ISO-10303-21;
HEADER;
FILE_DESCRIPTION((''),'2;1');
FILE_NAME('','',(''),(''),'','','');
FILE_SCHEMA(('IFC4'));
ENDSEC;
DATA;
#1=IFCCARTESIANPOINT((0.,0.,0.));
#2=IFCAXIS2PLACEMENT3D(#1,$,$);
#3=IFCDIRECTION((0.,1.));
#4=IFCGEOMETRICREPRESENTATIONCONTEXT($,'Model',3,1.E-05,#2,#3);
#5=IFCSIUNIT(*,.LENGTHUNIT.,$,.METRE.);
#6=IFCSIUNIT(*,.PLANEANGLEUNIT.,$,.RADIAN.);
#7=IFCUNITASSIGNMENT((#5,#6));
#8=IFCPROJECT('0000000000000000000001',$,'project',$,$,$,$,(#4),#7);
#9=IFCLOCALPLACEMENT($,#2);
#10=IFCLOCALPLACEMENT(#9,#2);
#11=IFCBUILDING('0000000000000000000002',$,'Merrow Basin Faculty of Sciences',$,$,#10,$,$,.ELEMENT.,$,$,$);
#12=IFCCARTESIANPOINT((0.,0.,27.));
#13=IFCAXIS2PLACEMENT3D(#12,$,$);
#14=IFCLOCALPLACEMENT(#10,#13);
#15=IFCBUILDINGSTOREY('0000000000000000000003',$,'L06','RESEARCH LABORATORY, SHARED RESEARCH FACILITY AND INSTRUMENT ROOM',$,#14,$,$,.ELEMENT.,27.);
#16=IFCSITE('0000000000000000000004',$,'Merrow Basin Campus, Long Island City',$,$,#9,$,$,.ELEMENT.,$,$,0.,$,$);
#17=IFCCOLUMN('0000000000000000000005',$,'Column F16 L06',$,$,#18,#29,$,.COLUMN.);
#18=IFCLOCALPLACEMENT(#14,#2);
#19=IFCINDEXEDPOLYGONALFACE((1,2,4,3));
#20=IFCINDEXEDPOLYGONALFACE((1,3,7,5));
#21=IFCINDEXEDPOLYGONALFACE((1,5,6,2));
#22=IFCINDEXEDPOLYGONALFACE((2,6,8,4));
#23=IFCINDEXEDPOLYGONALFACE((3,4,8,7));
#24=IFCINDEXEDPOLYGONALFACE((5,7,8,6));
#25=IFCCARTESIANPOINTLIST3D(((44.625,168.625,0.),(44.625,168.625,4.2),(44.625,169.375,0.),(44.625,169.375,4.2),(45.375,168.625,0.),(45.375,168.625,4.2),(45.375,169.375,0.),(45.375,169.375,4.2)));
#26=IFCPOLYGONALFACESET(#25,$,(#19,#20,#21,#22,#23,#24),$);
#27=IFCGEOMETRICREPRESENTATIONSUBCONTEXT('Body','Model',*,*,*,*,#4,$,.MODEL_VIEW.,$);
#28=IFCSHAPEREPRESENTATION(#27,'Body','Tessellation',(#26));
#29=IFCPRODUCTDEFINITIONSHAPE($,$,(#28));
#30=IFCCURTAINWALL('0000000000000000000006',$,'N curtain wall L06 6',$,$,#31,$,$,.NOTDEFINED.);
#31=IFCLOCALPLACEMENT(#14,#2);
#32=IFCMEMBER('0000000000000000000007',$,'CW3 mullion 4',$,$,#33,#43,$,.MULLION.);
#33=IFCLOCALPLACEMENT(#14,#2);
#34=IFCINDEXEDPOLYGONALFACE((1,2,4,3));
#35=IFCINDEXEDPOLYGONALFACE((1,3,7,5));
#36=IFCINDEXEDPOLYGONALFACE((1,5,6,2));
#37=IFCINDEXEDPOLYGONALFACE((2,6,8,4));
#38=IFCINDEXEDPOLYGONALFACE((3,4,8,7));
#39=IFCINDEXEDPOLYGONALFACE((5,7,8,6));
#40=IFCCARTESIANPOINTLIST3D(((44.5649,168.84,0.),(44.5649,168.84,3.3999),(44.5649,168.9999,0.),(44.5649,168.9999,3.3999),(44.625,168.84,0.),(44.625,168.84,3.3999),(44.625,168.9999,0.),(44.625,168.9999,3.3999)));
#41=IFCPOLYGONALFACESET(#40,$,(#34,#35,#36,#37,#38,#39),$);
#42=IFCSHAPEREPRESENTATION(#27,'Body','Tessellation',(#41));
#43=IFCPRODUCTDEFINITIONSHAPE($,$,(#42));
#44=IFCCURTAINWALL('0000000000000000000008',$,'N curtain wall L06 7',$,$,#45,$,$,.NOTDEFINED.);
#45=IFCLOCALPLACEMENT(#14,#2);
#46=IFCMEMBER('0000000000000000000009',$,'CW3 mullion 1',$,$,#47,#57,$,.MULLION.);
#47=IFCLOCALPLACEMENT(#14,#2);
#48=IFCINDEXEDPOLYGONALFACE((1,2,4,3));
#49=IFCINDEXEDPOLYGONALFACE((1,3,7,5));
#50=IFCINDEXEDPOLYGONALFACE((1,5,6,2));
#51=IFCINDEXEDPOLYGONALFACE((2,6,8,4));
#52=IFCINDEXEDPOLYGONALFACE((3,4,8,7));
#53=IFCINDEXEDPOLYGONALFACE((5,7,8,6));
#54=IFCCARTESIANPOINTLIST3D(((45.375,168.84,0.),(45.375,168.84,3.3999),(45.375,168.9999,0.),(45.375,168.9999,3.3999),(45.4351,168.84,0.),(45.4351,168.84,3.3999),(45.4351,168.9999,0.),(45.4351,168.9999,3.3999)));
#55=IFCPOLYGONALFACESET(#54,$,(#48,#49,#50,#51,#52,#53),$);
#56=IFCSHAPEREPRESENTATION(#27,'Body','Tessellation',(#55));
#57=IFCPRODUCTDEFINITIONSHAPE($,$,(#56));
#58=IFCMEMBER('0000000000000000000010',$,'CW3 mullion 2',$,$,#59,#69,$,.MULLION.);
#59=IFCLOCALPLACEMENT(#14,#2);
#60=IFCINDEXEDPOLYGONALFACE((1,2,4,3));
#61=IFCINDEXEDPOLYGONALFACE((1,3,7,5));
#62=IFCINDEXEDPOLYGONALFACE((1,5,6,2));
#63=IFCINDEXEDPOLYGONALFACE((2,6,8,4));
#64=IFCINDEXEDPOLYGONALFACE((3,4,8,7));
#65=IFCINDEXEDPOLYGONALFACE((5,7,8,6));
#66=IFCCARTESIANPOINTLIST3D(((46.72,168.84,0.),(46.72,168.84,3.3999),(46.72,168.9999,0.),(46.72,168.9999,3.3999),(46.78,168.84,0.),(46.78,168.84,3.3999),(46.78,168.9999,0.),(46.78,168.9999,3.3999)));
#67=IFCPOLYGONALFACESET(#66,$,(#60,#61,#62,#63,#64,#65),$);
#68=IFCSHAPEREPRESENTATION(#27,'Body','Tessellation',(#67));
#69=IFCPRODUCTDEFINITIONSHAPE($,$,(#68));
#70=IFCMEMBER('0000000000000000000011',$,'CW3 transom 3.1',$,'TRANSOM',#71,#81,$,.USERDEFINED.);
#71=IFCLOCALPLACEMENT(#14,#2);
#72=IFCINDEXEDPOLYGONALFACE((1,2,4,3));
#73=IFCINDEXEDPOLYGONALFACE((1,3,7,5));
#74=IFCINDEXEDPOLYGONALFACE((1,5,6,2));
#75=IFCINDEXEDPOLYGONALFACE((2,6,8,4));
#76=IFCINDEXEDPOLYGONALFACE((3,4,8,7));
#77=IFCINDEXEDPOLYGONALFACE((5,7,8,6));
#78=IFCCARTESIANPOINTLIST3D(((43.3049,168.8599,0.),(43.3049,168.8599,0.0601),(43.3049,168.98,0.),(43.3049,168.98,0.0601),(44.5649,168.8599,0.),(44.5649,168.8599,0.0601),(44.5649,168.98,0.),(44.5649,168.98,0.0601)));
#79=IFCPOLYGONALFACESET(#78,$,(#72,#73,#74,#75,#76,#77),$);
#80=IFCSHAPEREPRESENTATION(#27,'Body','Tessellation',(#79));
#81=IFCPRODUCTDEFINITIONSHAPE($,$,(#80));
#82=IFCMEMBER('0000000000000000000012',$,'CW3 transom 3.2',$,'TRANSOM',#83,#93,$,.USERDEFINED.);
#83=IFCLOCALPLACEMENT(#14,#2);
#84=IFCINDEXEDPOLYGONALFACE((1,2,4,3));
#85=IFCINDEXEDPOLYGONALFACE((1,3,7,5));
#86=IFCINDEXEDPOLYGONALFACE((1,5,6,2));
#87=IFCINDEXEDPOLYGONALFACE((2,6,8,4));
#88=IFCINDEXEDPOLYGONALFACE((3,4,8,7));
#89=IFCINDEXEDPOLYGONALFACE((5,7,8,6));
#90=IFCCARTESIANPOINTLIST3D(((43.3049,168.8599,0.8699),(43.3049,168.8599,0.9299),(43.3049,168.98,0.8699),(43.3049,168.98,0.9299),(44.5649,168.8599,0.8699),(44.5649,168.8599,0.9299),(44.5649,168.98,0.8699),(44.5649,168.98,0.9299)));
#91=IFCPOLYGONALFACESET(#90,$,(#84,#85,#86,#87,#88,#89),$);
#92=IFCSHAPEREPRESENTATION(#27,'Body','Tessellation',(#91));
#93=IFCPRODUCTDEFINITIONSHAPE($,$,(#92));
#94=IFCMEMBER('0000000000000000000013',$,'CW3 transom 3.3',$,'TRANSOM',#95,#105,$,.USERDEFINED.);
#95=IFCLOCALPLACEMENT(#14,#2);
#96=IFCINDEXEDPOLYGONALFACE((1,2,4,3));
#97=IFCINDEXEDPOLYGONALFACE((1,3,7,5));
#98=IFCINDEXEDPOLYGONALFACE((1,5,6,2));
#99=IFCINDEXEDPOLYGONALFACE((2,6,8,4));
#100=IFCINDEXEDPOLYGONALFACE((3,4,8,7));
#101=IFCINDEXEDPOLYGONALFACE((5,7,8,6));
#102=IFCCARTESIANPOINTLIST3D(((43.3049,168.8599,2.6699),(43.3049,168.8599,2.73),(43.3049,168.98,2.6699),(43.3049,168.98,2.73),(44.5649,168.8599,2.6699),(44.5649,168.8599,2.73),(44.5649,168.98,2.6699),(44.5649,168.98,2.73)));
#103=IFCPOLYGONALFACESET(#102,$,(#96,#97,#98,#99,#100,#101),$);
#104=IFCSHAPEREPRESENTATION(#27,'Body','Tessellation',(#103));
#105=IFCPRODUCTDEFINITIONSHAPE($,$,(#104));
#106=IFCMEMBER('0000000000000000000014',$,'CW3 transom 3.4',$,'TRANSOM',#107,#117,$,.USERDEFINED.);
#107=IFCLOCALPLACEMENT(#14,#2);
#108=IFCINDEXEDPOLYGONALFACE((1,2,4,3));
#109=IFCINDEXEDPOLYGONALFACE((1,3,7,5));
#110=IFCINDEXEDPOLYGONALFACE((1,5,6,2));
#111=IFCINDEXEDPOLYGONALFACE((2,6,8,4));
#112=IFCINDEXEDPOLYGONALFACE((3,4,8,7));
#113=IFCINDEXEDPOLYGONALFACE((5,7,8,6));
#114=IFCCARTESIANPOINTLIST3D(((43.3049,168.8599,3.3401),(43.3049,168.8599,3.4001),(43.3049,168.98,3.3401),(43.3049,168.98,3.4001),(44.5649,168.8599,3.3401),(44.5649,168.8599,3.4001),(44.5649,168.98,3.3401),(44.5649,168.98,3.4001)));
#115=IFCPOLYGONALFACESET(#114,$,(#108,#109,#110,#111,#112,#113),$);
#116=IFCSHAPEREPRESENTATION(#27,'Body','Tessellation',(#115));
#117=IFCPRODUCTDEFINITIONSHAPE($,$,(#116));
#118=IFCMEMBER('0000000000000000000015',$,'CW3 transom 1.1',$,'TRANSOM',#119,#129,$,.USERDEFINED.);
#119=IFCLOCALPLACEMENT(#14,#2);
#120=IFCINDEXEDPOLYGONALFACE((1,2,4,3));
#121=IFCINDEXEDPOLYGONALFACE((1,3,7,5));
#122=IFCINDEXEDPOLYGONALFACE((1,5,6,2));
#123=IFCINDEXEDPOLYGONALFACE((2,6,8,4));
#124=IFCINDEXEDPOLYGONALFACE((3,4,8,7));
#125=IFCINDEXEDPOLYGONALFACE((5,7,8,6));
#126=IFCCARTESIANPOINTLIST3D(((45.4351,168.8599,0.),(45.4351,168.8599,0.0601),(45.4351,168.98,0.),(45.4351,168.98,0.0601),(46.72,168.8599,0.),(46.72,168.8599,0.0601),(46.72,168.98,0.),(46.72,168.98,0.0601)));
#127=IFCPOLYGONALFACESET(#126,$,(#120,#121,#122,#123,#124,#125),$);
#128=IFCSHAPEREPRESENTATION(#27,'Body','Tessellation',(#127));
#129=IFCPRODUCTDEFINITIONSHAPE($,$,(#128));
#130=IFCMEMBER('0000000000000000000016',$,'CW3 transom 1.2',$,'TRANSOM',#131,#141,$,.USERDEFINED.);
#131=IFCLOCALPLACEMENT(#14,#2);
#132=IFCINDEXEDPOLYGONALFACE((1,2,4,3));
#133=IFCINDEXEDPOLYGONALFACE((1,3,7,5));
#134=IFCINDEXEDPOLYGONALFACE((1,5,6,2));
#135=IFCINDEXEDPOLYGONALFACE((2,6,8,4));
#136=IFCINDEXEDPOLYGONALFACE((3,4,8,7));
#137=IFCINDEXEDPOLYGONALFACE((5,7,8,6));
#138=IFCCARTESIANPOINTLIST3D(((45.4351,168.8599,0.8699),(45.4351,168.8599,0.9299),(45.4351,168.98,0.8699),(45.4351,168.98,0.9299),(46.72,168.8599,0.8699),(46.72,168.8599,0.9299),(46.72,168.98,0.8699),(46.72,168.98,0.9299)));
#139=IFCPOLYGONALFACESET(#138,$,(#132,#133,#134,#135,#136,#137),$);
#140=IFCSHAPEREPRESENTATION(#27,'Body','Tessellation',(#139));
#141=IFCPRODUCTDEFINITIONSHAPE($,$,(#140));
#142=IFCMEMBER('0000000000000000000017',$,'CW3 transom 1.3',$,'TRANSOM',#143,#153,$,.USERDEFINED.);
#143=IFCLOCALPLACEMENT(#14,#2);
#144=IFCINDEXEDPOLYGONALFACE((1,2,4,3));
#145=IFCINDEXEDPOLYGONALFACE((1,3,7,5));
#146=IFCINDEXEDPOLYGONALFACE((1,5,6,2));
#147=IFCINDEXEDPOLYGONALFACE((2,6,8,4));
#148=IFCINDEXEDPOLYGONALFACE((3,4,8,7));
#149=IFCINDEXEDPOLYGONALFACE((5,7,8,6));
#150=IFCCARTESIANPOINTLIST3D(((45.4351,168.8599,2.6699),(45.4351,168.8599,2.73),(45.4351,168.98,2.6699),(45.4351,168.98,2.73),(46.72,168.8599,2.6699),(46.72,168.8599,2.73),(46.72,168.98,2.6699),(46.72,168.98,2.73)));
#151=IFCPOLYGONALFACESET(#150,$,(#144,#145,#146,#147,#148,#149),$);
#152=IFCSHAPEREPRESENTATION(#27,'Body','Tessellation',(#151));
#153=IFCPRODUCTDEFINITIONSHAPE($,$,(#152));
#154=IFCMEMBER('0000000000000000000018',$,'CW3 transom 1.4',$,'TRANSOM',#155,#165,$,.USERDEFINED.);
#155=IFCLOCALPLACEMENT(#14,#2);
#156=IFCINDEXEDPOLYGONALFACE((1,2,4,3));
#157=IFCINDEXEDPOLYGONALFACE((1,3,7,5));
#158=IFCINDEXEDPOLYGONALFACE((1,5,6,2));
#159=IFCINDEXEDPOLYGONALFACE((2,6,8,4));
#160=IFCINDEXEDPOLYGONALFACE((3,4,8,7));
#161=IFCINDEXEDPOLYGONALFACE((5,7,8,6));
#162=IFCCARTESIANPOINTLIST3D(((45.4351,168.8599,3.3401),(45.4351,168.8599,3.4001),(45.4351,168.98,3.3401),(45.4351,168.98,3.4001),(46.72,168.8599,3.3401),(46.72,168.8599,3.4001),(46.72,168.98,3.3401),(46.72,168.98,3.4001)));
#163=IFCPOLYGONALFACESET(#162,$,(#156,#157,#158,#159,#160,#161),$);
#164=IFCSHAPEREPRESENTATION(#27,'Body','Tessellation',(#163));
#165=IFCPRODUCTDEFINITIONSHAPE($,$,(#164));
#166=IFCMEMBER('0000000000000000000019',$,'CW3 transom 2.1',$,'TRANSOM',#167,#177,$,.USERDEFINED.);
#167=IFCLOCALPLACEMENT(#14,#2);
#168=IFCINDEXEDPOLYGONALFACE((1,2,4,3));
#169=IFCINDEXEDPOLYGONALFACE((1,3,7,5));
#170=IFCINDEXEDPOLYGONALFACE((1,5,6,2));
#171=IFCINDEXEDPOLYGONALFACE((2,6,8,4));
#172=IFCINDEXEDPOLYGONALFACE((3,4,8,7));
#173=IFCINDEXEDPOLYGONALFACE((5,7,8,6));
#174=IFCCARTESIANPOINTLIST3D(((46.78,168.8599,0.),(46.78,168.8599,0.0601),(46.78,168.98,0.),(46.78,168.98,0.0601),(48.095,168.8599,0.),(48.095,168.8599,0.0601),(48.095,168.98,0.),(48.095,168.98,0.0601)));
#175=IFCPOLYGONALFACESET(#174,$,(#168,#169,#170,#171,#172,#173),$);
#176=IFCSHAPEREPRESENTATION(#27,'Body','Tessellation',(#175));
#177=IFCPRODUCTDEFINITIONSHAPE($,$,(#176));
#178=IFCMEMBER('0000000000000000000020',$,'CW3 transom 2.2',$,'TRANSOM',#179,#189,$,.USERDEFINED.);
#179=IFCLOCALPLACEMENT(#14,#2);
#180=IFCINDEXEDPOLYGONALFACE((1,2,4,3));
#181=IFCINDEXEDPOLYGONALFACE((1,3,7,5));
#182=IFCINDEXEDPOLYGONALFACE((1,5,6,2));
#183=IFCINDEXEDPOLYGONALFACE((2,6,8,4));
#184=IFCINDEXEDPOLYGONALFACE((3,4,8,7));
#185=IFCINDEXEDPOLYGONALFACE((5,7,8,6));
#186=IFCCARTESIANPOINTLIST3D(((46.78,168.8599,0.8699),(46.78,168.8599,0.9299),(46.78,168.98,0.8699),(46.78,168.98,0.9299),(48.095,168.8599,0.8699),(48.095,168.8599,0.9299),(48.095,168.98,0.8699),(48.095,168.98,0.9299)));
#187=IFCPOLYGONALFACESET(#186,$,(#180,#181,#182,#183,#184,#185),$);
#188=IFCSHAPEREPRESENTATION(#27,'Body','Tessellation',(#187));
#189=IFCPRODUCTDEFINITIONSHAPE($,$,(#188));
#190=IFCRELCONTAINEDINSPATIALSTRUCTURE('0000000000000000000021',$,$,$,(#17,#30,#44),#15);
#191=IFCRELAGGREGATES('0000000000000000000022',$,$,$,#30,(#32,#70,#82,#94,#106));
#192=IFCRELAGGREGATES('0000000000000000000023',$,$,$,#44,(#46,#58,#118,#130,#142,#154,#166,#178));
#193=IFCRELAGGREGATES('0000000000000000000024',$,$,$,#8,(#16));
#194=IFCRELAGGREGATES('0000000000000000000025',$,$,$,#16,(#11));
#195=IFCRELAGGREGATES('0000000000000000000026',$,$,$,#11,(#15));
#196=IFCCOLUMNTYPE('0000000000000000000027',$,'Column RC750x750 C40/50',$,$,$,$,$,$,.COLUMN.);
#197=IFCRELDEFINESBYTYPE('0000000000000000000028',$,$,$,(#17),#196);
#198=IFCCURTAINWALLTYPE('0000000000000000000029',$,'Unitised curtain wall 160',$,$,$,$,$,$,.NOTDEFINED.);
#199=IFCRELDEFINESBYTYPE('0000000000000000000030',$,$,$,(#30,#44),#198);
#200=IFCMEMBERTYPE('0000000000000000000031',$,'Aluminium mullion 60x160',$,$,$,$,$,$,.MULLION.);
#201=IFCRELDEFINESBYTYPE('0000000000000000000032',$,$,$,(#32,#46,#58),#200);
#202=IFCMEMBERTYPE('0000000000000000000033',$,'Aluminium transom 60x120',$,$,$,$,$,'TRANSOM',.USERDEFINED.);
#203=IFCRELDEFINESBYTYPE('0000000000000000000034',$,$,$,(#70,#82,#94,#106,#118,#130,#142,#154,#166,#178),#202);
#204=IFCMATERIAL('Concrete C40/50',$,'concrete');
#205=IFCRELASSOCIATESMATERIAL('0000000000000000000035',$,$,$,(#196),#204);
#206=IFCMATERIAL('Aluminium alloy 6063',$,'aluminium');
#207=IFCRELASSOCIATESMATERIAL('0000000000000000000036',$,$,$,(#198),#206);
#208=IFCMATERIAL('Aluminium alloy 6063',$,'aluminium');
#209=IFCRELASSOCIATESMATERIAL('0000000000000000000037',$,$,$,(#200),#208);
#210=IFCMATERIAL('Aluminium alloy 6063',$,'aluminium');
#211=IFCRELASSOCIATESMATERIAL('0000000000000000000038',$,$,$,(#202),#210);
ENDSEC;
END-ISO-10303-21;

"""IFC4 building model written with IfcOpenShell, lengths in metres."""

from ifc_helpers import new_model, si_unit, direction, frame, origin, origin_2d, place, context, subcontext, project, spatial, rectangle, extrude, material, material_profile, profile_set, type_object, element, aggregate, save


model = new_model("IFC4")

# Units and contexts
model_context = context("Model", 3, precision=1e-05, world=origin(), true_north=direction((0.0, 1.0)))
body_context = subcontext(model_context, "Body", "Model", "MODEL_VIEW")
ifc_project = project(units=[si_unit("LENGTHUNIT", "METRE"), si_unit("PLANEANGLEUNIT", "RADIAN")], contexts=[model_context])

# Site, building, storey
site_placement = place(None, origin())
site = spatial("IfcSite", under=ifc_project, at=site_placement, Name="Merrow Basin Campus, Long Island City", CompositionType="ELEMENT", RefElevation=0.0)
building_placement = place(site_placement, origin())
building = spatial("IfcBuilding", under=site, at=building_placement, Name="Merrow Basin Faculty of Sciences", CompositionType="ELEMENT")
storey_placement = place(building_placement, frame((0.0, 0.0, 27.0)))
storey = spatial("IfcBuildingStorey", under=building, at=storey_placement, Name="L06", Description="RESEARCH LABORATORY, SHARED RESEARCH FACILITY AND INSTRUMENT ROOM", CompositionType="ELEMENT", Elevation=27.0)

# Column
ifc_material_1 = material(Name="Concrete C40/50", Category="concrete")
ifc_material_profile_1 = material_profile(ifc_material_1, rectangle(XDim=0.75, YDim=0.75, at=origin_2d()))
ifc_profile_set_1 = profile_set([ifc_material_profile_1], Name="Concrete C40/50")
column_type = type_object("IfcColumnType", Name="Column RC750x750 C40/50", PredefinedType="COLUMN", material=ifc_profile_set_1)
column_placement = place(storey_placement, frame((45.0, 169.0, 0.0), z_axis=(0.0, 0.0, 1.0), x_axis=(1.0, 0.0, 0.0)))
element("IfcColumn", 1, at=column_placement, inside=storey, type_object=column_type, Name="Column F16 L06", PredefinedType="COLUMN", context=body_context, shape_type="SweptSolid", body=[
    extrude(rectangle(XDim=0.75, YDim=0.75, at=origin_2d()), origin(), (0.0, 0.0, 1.0), 4.2),
])

# Curtain wall, member
ifc_material_2 = material(Name="Aluminium alloy 6063", Category="aluminium")
curtain_wall_type = type_object("IfcCurtainWallType", Name="Unitised curtain wall 160", PredefinedType="NOTDEFINED", material=ifc_material_2)
curtain_wall_1_placement = place(storey_placement, origin())
curtain_wall_1 = element("IfcCurtainWall", 2, at=curtain_wall_1_placement, inside=storey, type_object=curtain_wall_type, Name="N curtain wall L06 6", PredefinedType="NOTDEFINED")
ifc_material_3 = material(Name="Aluminium alloy 6063", Category="aluminium")
ifc_material_profile_2 = material_profile(ifc_material_3, rectangle(XDim=0.1599, YDim=0.0601, at=origin_2d()))
ifc_profile_set_2 = profile_set([ifc_material_profile_2], Name="Aluminium alloy 6063")
member_type_1 = type_object("IfcMemberType", Name="Aluminium mullion 60x160", PredefinedType="MULLION", material=ifc_profile_set_2)
member_1_placement = place(storey_placement, frame((44.595, 168.9199, 0.0), z_axis=(0.0, 0.0, 1.0), x_axis=(0.0, 1.0, 0.0)))
member_1 = element("IfcMember", 3, at=member_1_placement, type_object=member_type_1, Name="CW3 mullion 4", PredefinedType="MULLION", context=body_context, shape_type="SweptSolid", body=[
    extrude(rectangle(XDim=0.1599, YDim=0.0601, at=origin_2d()), origin(), (0.0, 0.0, 1.0), 3.3999),
])

# Curtain wall, members
curtain_wall_2_placement = place(storey_placement, origin())
curtain_wall_2 = element("IfcCurtainWall", 4, at=curtain_wall_2_placement, inside=storey, type_object=curtain_wall_type, Name="N curtain wall L06 7", PredefinedType="NOTDEFINED")
member_2_placement = place(storey_placement, frame((45.405, 168.9199, 0.0), z_axis=(0.0, 0.0, 1.0), x_axis=(0.0, 1.0, 0.0)))
member_2 = element("IfcMember", 5, at=member_2_placement, type_object=member_type_1, Name="CW3 mullion 1", PredefinedType="MULLION", context=body_context, shape_type="SweptSolid", body=[
    extrude(rectangle(XDim=0.1599, YDim=0.0601, at=origin_2d()), origin(), (0.0, 0.0, 1.0), 3.3999),
])
member_3_placement = place(storey_placement, frame((46.75, 168.9199, 0.0), z_axis=(0.0, 0.0, 1.0), x_axis=(0.0, 1.0, 0.0)))
member_3 = element("IfcMember", 6, at=member_3_placement, type_object=member_type_1, Name="CW3 mullion 2", PredefinedType="MULLION", context=body_context, shape_type="SweptSolid", body=[
    extrude(rectangle(XDim=0.1599, YDim=0.0601, at=origin_2d()), origin(), (0.0, 0.0, 1.0), 3.3999),
])

# Members
ifc_material_4 = material(Name="Aluminium alloy 6063", Category="aluminium")
ifc_material_profile_3 = material_profile(ifc_material_4, rectangle(XDim=0.1201, YDim=0.0601, at=origin_2d()))
ifc_profile_set_3 = profile_set([ifc_material_profile_3], Name="Aluminium alloy 6063")
member_type_2 = type_object("IfcMemberType", Name="Aluminium transom 60x120", ElementType="TRANSOM", PredefinedType="USERDEFINED", material=ifc_profile_set_3)
member_4_placement = place(storey_placement, frame((43.3049, 168.9199, 0.03), z_axis=(1.0, 0.0, 0.0), x_axis=(0.0, 1.0, 0.0)))
member_4 = element("IfcMember", 7, at=member_4_placement, type_object=member_type_2, Name="CW3 transom 3.1", ObjectType="TRANSOM", PredefinedType="USERDEFINED", context=body_context, shape_type="SweptSolid", body=[
    extrude(rectangle(XDim=0.1201, YDim=0.0601, at=origin_2d()), origin(), (0.0, 0.0, 1.0), 1.26),
])
member_5_placement = place(storey_placement, frame((43.3049, 168.9199, 0.8999), z_axis=(1.0, 0.0, 0.0), x_axis=(0.0, 1.0, 0.0)))
member_5 = element("IfcMember", 8, at=member_5_placement, type_object=member_type_2, Name="CW3 transom 3.2", ObjectType="TRANSOM", PredefinedType="USERDEFINED", context=body_context, shape_type="SweptSolid", body=[
    extrude(rectangle(XDim=0.1201, YDim=0.0601, at=origin_2d()), origin(), (0.0, 0.0, 1.0), 1.26),
])
member_6_placement = place(storey_placement, frame((43.3049, 168.9199, 2.7), z_axis=(1.0, 0.0, 0.0), x_axis=(0.0, 1.0, 0.0)))
member_6 = element("IfcMember", 9, at=member_6_placement, type_object=member_type_2, Name="CW3 transom 3.3", ObjectType="TRANSOM", PredefinedType="USERDEFINED", context=body_context, shape_type="SweptSolid", body=[
    extrude(rectangle(XDim=0.1201, YDim=0.0601, at=origin_2d()), origin(), (0.0, 0.0, 1.0), 1.26),
])
member_7_placement = place(storey_placement, frame((43.3049, 168.9199, 3.3701), z_axis=(1.0, 0.0, 0.0), x_axis=(0.0, 1.0, 0.0)))
member_7 = element("IfcMember", 10, at=member_7_placement, type_object=member_type_2, Name="CW3 transom 3.4", ObjectType="TRANSOM", PredefinedType="USERDEFINED", context=body_context, shape_type="SweptSolid", body=[
    extrude(rectangle(XDim=0.1201, YDim=0.0601, at=origin_2d()), origin(), (0.0, 0.0, 1.0), 1.26),
])
member_8_placement = place(storey_placement, frame((45.4351, 168.9199, 0.03), z_axis=(1.0, 0.0, 0.0), x_axis=(0.0, 1.0, 0.0)))
member_8 = element("IfcMember", 11, at=member_8_placement, type_object=member_type_2, Name="CW3 transom 1.1", ObjectType="TRANSOM", PredefinedType="USERDEFINED", context=body_context, shape_type="SweptSolid", body=[
    extrude(rectangle(XDim=0.1201, YDim=0.0601, at=origin_2d()), origin(), (0.0, 0.0, 1.0), 1.2849),
])
member_9_placement = place(storey_placement, frame((45.4351, 168.9199, 0.8999), z_axis=(1.0, 0.0, 0.0), x_axis=(0.0, 1.0, 0.0)))
member_9 = element("IfcMember", 12, at=member_9_placement, type_object=member_type_2, Name="CW3 transom 1.2", ObjectType="TRANSOM", PredefinedType="USERDEFINED", context=body_context, shape_type="SweptSolid", body=[
    extrude(rectangle(XDim=0.1201, YDim=0.0601, at=origin_2d()), origin(), (0.0, 0.0, 1.0), 1.2849),
])
member_10_placement = place(storey_placement, frame((45.4351, 168.9199, 2.7), z_axis=(1.0, 0.0, 0.0), x_axis=(0.0, 1.0, 0.0)))
member_10 = element("IfcMember", 13, at=member_10_placement, type_object=member_type_2, Name="CW3 transom 1.3", ObjectType="TRANSOM", PredefinedType="USERDEFINED", context=body_context, shape_type="SweptSolid", body=[
    extrude(rectangle(XDim=0.1201, YDim=0.0601, at=origin_2d()), origin(), (0.0, 0.0, 1.0), 1.2849),
])
member_11_placement = place(storey_placement, frame((45.4351, 168.9199, 3.3701), z_axis=(1.0, 0.0, 0.0), x_axis=(0.0, 1.0, 0.0)))
member_11 = element("IfcMember", 14, at=member_11_placement, type_object=member_type_2, Name="CW3 transom 1.4", ObjectType="TRANSOM", PredefinedType="USERDEFINED", context=body_context, shape_type="SweptSolid", body=[
    extrude(rectangle(XDim=0.1201, YDim=0.0601, at=origin_2d()), origin(), (0.0, 0.0, 1.0), 1.2849),
])
member_12_placement = place(storey_placement, frame((46.78, 168.9199, 0.03), z_axis=(1.0, 0.0, 0.0), x_axis=(0.0, 1.0, 0.0)))
member_12 = element("IfcMember", 15, at=member_12_placement, type_object=member_type_2, Name="CW3 transom 2.1", ObjectType="TRANSOM", PredefinedType="USERDEFINED", context=body_context, shape_type="SweptSolid", body=[
    extrude(rectangle(XDim=0.1201, YDim=0.0601, at=origin_2d()), origin(), (0.0, 0.0, 1.0), 1.3149),
])
member_13_placement = place(storey_placement, frame((46.78, 168.9199, 0.8999), z_axis=(1.0, 0.0, 0.0), x_axis=(0.0, 1.0, 0.0)))
member_13 = element("IfcMember", 16, at=member_13_placement, type_object=member_type_2, Name="CW3 transom 2.2", ObjectType="TRANSOM", PredefinedType="USERDEFINED", context=body_context, shape_type="SweptSolid", body=[
    extrude(rectangle(XDim=0.1201, YDim=0.0601, at=origin_2d()), origin(), (0.0, 0.0, 1.0), 1.3149),
])

aggregate(curtain_wall_1, [member_1, member_4, member_5, member_6, member_7])
aggregate(curtain_wall_2, [member_2, member_3, member_8, member_9, member_10, member_11, member_12, member_13])

save(model, "model.ifc")
